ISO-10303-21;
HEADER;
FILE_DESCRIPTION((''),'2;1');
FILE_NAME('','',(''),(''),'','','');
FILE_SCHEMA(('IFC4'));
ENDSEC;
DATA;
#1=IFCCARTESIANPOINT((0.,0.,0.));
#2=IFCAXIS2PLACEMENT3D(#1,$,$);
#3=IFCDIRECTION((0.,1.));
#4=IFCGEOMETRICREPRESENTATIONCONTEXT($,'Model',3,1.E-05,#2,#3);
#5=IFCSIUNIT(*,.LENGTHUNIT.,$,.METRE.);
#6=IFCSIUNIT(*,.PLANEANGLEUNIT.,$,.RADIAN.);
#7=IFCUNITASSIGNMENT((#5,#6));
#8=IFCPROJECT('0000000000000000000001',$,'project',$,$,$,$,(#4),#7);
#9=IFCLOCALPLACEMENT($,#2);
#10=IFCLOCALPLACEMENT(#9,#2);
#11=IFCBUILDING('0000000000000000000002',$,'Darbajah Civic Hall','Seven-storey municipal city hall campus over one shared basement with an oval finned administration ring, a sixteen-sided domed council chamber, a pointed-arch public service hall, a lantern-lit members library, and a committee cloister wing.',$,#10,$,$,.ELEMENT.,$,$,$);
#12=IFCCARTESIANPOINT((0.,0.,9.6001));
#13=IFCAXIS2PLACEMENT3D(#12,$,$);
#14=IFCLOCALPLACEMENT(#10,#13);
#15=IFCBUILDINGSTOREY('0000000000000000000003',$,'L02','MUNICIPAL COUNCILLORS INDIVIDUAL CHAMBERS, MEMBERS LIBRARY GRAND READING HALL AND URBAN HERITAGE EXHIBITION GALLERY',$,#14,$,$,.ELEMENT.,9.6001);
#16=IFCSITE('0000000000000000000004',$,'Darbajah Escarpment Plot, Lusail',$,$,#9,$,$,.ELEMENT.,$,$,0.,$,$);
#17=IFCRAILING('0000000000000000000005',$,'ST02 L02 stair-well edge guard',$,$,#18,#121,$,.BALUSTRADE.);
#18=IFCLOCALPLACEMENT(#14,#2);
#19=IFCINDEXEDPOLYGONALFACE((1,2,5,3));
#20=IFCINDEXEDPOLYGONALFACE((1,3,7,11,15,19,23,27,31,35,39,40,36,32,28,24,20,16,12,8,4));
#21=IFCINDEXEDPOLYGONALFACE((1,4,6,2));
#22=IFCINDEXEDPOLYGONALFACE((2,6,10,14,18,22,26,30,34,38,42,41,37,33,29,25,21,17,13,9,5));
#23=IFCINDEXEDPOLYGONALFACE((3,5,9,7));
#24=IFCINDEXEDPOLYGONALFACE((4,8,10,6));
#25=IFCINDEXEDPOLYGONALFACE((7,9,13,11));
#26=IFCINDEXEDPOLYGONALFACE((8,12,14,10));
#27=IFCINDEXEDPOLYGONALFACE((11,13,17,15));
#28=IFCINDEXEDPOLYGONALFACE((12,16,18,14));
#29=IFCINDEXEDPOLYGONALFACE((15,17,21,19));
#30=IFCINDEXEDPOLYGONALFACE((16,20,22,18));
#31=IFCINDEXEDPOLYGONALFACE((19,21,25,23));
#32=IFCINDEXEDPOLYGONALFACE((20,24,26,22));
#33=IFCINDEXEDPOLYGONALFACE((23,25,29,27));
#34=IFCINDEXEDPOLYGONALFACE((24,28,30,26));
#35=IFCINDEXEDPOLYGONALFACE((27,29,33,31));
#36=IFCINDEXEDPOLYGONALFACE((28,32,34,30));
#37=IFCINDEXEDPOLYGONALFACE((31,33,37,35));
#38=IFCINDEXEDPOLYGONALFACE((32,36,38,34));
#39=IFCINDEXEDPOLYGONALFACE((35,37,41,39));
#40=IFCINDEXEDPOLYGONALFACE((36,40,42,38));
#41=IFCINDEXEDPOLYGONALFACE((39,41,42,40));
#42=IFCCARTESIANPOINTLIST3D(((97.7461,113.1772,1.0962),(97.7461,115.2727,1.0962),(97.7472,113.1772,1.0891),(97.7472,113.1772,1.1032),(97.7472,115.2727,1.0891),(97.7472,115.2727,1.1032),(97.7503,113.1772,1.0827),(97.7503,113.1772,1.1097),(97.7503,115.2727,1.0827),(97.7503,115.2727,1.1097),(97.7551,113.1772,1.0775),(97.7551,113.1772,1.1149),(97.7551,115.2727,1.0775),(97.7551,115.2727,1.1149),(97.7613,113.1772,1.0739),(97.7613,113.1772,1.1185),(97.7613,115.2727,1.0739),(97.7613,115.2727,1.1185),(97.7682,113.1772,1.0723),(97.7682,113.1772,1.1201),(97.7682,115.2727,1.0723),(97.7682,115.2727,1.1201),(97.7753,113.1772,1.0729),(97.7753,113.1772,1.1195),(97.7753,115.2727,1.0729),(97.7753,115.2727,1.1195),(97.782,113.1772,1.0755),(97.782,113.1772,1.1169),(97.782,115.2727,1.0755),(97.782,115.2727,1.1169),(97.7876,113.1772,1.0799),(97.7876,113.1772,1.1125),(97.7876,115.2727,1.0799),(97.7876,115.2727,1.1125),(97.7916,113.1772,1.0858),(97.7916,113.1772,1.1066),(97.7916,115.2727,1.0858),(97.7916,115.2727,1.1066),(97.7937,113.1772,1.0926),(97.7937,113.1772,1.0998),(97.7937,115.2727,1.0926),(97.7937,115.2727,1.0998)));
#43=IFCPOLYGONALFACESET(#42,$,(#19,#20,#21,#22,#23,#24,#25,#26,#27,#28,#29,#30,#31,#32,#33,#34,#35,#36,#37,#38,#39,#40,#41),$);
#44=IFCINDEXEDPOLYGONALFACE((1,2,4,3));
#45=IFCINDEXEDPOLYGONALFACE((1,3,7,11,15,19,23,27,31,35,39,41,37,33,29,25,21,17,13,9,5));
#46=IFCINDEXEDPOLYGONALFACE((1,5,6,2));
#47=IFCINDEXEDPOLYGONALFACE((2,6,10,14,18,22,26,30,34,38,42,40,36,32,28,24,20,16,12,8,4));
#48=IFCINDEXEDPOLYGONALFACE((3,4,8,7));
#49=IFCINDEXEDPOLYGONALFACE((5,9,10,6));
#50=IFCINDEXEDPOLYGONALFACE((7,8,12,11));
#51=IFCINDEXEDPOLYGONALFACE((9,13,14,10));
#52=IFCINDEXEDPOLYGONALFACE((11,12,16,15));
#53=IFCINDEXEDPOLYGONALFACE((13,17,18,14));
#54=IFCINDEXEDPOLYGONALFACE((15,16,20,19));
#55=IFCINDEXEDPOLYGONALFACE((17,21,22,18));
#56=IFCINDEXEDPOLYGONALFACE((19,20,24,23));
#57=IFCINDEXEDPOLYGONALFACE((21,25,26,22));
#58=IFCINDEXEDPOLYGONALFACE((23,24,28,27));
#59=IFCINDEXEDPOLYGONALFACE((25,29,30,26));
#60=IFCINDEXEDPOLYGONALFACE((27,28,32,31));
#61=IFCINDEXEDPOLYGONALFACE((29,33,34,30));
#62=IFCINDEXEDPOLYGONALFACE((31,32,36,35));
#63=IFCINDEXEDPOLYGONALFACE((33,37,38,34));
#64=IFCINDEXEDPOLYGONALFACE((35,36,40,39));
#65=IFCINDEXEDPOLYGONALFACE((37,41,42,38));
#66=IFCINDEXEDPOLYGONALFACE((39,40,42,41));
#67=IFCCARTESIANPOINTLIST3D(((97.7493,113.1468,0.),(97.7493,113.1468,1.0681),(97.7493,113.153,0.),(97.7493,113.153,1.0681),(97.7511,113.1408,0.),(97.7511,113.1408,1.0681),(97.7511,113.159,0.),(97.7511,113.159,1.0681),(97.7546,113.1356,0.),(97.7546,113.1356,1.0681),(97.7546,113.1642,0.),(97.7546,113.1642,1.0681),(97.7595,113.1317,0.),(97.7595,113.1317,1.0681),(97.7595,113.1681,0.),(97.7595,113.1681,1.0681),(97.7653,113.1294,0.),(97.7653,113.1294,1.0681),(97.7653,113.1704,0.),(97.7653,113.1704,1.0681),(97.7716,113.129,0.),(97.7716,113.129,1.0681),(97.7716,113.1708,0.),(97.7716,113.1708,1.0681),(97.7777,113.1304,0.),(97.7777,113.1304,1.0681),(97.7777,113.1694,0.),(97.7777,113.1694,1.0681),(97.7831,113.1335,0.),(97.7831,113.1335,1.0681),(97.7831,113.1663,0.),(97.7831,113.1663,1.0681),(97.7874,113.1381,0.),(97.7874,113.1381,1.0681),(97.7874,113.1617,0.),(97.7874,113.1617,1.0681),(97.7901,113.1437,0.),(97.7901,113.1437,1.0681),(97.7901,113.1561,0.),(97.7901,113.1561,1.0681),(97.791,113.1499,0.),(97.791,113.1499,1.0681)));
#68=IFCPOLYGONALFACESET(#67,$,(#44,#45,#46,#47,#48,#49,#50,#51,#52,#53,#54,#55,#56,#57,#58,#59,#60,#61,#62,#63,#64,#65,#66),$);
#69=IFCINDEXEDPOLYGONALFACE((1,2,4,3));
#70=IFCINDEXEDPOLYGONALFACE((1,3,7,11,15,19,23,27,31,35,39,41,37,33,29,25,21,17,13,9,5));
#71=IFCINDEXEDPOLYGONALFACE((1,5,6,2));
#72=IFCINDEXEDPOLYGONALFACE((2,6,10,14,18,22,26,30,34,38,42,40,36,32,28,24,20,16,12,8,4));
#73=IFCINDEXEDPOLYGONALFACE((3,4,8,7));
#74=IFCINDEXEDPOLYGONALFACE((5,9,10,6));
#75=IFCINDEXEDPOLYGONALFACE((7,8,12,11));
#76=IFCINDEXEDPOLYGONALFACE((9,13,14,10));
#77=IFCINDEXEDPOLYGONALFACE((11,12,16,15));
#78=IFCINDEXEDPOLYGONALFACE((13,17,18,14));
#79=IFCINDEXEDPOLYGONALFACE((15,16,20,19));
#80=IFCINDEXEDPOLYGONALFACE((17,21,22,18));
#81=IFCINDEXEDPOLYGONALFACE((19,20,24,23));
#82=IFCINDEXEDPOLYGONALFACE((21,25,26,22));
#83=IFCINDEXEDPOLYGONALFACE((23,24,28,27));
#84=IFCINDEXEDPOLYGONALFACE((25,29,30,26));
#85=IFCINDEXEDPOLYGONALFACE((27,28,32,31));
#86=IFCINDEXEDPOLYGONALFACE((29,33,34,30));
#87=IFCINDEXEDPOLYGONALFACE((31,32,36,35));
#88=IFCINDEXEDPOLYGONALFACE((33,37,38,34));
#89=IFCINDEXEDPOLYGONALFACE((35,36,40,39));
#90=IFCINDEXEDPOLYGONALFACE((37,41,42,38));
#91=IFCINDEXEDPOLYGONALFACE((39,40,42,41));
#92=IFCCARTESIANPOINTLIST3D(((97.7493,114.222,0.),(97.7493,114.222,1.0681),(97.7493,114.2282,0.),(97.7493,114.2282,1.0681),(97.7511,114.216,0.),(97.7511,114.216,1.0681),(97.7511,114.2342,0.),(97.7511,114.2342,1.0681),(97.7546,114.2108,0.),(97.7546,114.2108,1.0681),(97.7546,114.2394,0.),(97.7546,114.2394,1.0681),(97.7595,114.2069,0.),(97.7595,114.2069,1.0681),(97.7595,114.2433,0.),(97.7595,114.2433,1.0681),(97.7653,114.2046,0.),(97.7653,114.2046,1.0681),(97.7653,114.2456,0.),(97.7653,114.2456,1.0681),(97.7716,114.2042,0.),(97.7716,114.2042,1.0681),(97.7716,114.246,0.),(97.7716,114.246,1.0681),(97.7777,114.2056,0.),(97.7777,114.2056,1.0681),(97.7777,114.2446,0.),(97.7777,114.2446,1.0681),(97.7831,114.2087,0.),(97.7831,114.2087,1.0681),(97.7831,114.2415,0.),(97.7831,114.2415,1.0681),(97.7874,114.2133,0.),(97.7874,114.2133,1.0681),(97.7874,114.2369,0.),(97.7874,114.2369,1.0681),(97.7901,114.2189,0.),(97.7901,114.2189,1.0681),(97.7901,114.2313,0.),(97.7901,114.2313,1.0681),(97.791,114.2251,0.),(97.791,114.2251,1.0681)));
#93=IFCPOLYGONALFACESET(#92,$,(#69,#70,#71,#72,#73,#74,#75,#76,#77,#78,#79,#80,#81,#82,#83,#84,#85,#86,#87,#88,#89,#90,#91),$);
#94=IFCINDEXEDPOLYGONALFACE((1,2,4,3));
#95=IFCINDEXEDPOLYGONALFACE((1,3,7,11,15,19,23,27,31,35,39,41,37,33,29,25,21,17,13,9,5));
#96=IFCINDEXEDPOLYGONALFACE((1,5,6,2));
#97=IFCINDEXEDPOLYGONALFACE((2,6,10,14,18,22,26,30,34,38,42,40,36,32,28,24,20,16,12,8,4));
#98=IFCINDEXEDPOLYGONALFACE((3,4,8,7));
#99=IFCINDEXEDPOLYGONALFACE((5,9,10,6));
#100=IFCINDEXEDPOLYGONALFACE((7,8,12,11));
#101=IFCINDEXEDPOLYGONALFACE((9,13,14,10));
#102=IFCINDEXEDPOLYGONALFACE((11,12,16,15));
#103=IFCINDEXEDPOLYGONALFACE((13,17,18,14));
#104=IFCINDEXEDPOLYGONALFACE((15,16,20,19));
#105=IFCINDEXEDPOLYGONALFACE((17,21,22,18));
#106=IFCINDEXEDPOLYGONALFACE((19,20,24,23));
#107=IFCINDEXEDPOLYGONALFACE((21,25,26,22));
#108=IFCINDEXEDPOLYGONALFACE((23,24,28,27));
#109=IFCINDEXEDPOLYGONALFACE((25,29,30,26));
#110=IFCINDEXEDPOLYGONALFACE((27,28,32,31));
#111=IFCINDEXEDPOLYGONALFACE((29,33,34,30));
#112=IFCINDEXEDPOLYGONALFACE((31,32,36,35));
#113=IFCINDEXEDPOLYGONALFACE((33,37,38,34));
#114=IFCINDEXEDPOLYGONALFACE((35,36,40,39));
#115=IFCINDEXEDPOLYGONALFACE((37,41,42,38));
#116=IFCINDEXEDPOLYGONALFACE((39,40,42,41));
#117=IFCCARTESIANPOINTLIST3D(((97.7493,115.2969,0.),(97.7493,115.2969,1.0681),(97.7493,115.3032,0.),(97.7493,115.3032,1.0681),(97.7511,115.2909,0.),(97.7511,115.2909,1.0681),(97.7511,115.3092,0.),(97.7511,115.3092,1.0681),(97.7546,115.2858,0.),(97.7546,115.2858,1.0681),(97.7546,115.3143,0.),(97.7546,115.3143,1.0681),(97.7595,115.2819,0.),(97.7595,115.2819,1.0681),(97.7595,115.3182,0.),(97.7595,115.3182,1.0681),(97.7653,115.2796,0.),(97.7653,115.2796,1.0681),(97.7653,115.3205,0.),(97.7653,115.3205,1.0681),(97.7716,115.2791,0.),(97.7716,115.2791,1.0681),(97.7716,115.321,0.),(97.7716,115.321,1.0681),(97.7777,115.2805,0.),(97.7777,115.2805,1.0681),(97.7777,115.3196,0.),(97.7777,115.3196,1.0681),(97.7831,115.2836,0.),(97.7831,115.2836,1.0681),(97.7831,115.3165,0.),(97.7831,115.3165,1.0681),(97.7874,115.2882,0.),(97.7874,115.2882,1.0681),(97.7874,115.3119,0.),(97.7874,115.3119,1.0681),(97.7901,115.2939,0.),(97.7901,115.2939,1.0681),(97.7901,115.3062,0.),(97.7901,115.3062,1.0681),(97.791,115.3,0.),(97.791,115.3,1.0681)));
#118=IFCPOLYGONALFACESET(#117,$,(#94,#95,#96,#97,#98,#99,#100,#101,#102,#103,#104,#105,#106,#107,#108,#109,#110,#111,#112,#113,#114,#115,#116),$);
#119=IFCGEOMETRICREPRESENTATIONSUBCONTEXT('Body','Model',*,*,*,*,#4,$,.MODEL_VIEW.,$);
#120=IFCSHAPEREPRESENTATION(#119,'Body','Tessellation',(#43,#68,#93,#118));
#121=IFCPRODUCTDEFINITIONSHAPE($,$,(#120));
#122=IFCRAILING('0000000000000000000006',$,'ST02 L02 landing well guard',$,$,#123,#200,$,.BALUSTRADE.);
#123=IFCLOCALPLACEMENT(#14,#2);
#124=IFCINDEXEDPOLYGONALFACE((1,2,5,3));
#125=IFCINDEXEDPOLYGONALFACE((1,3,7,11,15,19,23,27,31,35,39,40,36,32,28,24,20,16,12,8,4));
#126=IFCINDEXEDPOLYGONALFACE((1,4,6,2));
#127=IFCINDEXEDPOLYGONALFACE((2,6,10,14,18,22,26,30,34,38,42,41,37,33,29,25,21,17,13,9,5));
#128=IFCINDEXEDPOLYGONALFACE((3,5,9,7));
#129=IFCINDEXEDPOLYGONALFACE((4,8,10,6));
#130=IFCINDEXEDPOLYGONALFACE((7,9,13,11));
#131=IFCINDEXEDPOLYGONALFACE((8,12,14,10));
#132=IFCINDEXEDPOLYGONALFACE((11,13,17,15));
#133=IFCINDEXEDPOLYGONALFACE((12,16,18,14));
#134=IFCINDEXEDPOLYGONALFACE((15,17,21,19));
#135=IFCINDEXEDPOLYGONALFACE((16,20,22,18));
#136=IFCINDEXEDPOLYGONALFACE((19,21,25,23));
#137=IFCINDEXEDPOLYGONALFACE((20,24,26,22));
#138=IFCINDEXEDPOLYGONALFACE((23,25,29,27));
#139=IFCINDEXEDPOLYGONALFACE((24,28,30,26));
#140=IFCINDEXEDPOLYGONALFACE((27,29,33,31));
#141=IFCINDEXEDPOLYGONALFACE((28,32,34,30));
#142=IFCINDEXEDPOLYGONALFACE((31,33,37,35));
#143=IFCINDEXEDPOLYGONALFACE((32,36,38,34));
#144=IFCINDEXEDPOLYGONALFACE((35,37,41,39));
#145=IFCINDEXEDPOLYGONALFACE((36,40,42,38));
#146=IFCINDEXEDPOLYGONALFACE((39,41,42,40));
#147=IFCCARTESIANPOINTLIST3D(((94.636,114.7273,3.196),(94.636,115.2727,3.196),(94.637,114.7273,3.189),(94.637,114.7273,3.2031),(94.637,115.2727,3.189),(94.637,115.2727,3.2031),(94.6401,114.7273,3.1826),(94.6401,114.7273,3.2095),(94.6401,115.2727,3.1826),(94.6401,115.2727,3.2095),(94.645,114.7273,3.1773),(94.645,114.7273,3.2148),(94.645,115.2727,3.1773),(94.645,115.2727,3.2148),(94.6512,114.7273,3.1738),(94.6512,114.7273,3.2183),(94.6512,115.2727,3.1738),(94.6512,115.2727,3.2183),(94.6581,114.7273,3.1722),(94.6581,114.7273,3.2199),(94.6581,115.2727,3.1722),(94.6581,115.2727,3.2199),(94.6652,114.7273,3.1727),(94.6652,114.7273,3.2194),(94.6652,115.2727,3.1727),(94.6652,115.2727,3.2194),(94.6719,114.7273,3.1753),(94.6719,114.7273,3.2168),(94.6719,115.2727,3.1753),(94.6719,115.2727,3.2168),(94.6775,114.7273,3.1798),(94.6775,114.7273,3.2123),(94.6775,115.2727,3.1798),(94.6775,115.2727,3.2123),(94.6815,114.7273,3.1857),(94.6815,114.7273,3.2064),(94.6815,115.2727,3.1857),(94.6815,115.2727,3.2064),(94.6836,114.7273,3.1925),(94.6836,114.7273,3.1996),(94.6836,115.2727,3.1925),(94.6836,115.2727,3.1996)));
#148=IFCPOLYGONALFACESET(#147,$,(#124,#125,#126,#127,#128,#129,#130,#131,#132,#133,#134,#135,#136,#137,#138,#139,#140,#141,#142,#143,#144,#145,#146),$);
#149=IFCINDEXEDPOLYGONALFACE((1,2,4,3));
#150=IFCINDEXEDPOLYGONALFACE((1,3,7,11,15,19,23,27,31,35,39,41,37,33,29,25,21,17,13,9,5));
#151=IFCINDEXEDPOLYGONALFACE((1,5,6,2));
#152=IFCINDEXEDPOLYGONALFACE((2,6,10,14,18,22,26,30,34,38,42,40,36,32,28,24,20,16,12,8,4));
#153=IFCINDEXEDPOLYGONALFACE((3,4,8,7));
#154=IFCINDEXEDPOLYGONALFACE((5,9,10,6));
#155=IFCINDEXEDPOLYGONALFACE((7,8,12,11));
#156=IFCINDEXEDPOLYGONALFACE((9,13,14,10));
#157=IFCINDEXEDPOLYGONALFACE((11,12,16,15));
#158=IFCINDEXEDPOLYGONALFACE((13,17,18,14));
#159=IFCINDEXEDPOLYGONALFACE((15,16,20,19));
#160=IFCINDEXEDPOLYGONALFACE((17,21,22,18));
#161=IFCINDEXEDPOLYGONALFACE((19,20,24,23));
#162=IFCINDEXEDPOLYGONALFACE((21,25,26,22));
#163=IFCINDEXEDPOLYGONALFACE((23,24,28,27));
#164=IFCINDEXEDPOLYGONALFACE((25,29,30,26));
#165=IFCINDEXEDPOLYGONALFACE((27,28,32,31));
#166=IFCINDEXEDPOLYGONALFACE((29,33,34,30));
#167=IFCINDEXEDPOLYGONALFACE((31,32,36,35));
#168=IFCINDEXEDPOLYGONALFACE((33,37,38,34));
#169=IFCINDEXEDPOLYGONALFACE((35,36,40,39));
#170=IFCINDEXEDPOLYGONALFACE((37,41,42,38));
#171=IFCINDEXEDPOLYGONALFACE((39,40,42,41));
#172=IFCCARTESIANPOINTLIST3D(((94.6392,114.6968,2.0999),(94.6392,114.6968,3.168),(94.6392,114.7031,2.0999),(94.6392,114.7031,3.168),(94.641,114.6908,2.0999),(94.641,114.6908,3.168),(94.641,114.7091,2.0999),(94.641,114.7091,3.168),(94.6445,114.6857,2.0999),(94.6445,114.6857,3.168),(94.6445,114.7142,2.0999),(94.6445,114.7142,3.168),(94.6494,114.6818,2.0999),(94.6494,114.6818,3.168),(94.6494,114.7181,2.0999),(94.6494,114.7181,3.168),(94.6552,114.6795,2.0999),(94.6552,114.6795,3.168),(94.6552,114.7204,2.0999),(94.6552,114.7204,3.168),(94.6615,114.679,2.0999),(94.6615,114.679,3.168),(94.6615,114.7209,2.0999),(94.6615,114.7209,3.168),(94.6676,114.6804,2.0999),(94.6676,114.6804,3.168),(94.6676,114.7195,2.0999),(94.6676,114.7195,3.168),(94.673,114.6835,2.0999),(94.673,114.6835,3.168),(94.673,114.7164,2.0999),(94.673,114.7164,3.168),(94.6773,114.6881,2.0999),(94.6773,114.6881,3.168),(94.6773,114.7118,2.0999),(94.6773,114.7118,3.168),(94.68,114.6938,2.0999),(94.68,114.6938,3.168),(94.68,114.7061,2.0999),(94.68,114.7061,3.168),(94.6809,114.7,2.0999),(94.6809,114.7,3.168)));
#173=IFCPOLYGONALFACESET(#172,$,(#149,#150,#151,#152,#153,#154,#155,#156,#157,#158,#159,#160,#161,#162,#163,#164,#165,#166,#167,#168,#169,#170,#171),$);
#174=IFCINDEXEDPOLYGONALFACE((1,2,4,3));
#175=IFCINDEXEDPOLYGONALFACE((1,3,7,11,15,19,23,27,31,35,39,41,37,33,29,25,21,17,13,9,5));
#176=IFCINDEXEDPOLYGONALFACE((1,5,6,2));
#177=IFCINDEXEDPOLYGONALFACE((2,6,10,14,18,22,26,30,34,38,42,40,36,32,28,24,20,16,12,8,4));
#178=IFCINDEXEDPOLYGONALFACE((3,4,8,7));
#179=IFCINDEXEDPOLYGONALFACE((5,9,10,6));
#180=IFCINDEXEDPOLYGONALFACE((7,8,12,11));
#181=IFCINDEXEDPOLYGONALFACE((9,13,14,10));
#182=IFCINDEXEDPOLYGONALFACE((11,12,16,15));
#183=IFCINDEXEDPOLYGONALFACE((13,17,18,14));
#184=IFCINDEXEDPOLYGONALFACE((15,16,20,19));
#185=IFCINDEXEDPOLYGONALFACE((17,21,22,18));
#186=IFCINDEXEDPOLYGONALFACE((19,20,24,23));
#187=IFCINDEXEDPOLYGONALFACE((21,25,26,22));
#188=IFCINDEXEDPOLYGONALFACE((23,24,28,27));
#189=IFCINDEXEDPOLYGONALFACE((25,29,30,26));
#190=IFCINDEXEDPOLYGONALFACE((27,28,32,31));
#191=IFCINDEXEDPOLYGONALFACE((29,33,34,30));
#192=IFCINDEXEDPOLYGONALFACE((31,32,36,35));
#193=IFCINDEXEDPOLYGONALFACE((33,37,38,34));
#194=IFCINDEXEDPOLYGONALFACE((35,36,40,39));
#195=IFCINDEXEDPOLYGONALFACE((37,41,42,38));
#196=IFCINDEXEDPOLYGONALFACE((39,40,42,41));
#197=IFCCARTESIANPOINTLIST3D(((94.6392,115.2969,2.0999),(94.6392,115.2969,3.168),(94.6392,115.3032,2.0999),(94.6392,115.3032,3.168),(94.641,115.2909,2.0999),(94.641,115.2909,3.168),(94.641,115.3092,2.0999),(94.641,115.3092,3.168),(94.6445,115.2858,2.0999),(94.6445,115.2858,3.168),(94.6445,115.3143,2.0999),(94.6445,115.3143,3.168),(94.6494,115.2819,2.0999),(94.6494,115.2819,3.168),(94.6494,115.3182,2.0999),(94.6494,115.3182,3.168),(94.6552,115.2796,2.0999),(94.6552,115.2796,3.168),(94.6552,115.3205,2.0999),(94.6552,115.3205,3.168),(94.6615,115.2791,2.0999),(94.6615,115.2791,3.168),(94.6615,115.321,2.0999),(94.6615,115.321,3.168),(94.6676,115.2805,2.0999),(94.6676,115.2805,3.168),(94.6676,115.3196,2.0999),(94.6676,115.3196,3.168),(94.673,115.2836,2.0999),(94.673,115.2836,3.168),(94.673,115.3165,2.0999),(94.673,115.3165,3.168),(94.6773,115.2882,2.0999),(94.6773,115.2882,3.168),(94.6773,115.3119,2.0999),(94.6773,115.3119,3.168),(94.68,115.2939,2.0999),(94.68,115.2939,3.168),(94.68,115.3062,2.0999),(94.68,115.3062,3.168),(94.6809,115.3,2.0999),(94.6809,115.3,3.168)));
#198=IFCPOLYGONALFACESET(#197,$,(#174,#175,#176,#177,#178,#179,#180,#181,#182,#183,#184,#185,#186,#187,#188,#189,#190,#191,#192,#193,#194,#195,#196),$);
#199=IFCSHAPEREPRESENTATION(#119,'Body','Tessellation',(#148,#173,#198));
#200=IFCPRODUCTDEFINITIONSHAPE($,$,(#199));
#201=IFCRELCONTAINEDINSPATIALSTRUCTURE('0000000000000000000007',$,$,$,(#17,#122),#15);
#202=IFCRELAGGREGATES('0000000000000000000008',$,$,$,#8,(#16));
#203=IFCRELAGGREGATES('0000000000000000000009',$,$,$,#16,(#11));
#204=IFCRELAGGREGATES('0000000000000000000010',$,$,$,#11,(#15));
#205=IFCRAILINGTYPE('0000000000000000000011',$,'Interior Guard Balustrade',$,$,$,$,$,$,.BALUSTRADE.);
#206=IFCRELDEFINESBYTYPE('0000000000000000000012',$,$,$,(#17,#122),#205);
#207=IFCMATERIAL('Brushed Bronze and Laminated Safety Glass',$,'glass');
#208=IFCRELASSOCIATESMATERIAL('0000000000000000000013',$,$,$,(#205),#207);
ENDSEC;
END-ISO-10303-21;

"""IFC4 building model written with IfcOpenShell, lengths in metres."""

from ifc_helpers import new_model, si_unit, direction, frame, origin, origin_2d, place, context, subcontext, project, spatial, circle, extrude, material, type_object, element, save


model = new_model("IFC4")

# Units and contexts
model_context = context("Model", 3, precision=1e-05, world=origin(), true_north=direction((0.0, 1.0)))
body_context = subcontext(model_context, "Body", "Model", "MODEL_VIEW")
ifc_project = project(units=[si_unit("LENGTHUNIT", "METRE"), si_unit("PLANEANGLEUNIT", "RADIAN")], contexts=[model_context])

# Site, building, storey
site_placement = place(None, origin())
site = spatial("IfcSite", under=ifc_project, at=site_placement, Name="Darbajah Escarpment Plot, Lusail", CompositionType="ELEMENT", RefElevation=0.0)
building_placement = place(site_placement, origin())
building = spatial("IfcBuilding", under=site, at=building_placement, Name="Darbajah Civic Hall", Description="Seven-storey municipal city hall campus over one shared basement with an oval finned administration ring, a sixteen-sided domed council chamber, a pointed-arch public service hall, a lantern-lit members library, and a committee cloister wing.", CompositionType="ELEMENT")
storey_placement = place(building_placement, frame((0.0, 0.0, 9.6001)))
storey = spatial("IfcBuildingStorey", under=building, at=storey_placement, Name="L02", Description="MUNICIPAL COUNCILLORS INDIVIDUAL CHAMBERS, MEMBERS LIBRARY GRAND READING HALL AND URBAN HERITAGE EXHIBITION GALLERY", CompositionType="ELEMENT", Elevation=9.6001)

# Railings
ifc_material_1 = material(Name="Brushed Bronze and Laminated Safety Glass", Category="glass")
railing_type_1 = type_object("IfcRailingType", Name="Interior Guard Balustrade", PredefinedType="BALUSTRADE", material=ifc_material_1)
railing_1_placement = place(storey_placement, frame((97.77, 113.1499, 0.0)))
element("IfcRailing", 1, at=railing_1_placement, inside=storey, type_object=railing_type_1, Name="ST02 L02 stair-well edge guard", PredefinedType="BALUSTRADE", context=body_context, shape_type="SweptSolid", body=[
    extrude(circle(Radius=0.0239, at=origin_2d()), frame((0.0, 0.0273, 1.0962), z_axis=(0.0, 1.0, 0.0), x_axis=(-1.0, 0.0, 0.0)), (0.0, 0.0, 1.0), 2.0955),
    extrude(circle(Radius=0.021, at=origin_2d()), origin(), (0.0, 0.0, 1.0), 1.0681),
    extrude(circle(Radius=0.021, at=origin_2d()), frame((0.0, 1.0752, 0.0)), (0.0, 0.0, 1.0), 1.0681),
    extrude(circle(Radius=0.021, at=origin_2d()), frame((0.0, 2.1501, 0.0)), (0.0, 0.0, 1.0), 1.0681),
])
railing_2_placement = place(storey_placement, frame((94.6599, 114.7, 2.0999)))
element("IfcRailing", 2, at=railing_2_placement, inside=storey, type_object=railing_type_1, Name="ST02 L02 landing well guard", PredefinedType="BALUSTRADE", context=body_context, shape_type="SweptSolid", body=[
    extrude(circle(Radius=0.0239, at=origin_2d()), frame((0.0, 0.0273, 1.0962), z_axis=(0.0, 1.0, 0.0), x_axis=(-1.0, 0.0, 0.0)), (0.0, 0.0, 1.0), 0.5454),
    extrude(circle(Radius=0.021, at=origin_2d()), origin(), (0.0, 0.0, 1.0), 1.0681),
    extrude(circle(Radius=0.021, at=origin_2d()), frame((0.0, 0.6001, 0.0)), (0.0, 0.0, 1.0), 1.0681),
])

save(model, "model.ifc")
